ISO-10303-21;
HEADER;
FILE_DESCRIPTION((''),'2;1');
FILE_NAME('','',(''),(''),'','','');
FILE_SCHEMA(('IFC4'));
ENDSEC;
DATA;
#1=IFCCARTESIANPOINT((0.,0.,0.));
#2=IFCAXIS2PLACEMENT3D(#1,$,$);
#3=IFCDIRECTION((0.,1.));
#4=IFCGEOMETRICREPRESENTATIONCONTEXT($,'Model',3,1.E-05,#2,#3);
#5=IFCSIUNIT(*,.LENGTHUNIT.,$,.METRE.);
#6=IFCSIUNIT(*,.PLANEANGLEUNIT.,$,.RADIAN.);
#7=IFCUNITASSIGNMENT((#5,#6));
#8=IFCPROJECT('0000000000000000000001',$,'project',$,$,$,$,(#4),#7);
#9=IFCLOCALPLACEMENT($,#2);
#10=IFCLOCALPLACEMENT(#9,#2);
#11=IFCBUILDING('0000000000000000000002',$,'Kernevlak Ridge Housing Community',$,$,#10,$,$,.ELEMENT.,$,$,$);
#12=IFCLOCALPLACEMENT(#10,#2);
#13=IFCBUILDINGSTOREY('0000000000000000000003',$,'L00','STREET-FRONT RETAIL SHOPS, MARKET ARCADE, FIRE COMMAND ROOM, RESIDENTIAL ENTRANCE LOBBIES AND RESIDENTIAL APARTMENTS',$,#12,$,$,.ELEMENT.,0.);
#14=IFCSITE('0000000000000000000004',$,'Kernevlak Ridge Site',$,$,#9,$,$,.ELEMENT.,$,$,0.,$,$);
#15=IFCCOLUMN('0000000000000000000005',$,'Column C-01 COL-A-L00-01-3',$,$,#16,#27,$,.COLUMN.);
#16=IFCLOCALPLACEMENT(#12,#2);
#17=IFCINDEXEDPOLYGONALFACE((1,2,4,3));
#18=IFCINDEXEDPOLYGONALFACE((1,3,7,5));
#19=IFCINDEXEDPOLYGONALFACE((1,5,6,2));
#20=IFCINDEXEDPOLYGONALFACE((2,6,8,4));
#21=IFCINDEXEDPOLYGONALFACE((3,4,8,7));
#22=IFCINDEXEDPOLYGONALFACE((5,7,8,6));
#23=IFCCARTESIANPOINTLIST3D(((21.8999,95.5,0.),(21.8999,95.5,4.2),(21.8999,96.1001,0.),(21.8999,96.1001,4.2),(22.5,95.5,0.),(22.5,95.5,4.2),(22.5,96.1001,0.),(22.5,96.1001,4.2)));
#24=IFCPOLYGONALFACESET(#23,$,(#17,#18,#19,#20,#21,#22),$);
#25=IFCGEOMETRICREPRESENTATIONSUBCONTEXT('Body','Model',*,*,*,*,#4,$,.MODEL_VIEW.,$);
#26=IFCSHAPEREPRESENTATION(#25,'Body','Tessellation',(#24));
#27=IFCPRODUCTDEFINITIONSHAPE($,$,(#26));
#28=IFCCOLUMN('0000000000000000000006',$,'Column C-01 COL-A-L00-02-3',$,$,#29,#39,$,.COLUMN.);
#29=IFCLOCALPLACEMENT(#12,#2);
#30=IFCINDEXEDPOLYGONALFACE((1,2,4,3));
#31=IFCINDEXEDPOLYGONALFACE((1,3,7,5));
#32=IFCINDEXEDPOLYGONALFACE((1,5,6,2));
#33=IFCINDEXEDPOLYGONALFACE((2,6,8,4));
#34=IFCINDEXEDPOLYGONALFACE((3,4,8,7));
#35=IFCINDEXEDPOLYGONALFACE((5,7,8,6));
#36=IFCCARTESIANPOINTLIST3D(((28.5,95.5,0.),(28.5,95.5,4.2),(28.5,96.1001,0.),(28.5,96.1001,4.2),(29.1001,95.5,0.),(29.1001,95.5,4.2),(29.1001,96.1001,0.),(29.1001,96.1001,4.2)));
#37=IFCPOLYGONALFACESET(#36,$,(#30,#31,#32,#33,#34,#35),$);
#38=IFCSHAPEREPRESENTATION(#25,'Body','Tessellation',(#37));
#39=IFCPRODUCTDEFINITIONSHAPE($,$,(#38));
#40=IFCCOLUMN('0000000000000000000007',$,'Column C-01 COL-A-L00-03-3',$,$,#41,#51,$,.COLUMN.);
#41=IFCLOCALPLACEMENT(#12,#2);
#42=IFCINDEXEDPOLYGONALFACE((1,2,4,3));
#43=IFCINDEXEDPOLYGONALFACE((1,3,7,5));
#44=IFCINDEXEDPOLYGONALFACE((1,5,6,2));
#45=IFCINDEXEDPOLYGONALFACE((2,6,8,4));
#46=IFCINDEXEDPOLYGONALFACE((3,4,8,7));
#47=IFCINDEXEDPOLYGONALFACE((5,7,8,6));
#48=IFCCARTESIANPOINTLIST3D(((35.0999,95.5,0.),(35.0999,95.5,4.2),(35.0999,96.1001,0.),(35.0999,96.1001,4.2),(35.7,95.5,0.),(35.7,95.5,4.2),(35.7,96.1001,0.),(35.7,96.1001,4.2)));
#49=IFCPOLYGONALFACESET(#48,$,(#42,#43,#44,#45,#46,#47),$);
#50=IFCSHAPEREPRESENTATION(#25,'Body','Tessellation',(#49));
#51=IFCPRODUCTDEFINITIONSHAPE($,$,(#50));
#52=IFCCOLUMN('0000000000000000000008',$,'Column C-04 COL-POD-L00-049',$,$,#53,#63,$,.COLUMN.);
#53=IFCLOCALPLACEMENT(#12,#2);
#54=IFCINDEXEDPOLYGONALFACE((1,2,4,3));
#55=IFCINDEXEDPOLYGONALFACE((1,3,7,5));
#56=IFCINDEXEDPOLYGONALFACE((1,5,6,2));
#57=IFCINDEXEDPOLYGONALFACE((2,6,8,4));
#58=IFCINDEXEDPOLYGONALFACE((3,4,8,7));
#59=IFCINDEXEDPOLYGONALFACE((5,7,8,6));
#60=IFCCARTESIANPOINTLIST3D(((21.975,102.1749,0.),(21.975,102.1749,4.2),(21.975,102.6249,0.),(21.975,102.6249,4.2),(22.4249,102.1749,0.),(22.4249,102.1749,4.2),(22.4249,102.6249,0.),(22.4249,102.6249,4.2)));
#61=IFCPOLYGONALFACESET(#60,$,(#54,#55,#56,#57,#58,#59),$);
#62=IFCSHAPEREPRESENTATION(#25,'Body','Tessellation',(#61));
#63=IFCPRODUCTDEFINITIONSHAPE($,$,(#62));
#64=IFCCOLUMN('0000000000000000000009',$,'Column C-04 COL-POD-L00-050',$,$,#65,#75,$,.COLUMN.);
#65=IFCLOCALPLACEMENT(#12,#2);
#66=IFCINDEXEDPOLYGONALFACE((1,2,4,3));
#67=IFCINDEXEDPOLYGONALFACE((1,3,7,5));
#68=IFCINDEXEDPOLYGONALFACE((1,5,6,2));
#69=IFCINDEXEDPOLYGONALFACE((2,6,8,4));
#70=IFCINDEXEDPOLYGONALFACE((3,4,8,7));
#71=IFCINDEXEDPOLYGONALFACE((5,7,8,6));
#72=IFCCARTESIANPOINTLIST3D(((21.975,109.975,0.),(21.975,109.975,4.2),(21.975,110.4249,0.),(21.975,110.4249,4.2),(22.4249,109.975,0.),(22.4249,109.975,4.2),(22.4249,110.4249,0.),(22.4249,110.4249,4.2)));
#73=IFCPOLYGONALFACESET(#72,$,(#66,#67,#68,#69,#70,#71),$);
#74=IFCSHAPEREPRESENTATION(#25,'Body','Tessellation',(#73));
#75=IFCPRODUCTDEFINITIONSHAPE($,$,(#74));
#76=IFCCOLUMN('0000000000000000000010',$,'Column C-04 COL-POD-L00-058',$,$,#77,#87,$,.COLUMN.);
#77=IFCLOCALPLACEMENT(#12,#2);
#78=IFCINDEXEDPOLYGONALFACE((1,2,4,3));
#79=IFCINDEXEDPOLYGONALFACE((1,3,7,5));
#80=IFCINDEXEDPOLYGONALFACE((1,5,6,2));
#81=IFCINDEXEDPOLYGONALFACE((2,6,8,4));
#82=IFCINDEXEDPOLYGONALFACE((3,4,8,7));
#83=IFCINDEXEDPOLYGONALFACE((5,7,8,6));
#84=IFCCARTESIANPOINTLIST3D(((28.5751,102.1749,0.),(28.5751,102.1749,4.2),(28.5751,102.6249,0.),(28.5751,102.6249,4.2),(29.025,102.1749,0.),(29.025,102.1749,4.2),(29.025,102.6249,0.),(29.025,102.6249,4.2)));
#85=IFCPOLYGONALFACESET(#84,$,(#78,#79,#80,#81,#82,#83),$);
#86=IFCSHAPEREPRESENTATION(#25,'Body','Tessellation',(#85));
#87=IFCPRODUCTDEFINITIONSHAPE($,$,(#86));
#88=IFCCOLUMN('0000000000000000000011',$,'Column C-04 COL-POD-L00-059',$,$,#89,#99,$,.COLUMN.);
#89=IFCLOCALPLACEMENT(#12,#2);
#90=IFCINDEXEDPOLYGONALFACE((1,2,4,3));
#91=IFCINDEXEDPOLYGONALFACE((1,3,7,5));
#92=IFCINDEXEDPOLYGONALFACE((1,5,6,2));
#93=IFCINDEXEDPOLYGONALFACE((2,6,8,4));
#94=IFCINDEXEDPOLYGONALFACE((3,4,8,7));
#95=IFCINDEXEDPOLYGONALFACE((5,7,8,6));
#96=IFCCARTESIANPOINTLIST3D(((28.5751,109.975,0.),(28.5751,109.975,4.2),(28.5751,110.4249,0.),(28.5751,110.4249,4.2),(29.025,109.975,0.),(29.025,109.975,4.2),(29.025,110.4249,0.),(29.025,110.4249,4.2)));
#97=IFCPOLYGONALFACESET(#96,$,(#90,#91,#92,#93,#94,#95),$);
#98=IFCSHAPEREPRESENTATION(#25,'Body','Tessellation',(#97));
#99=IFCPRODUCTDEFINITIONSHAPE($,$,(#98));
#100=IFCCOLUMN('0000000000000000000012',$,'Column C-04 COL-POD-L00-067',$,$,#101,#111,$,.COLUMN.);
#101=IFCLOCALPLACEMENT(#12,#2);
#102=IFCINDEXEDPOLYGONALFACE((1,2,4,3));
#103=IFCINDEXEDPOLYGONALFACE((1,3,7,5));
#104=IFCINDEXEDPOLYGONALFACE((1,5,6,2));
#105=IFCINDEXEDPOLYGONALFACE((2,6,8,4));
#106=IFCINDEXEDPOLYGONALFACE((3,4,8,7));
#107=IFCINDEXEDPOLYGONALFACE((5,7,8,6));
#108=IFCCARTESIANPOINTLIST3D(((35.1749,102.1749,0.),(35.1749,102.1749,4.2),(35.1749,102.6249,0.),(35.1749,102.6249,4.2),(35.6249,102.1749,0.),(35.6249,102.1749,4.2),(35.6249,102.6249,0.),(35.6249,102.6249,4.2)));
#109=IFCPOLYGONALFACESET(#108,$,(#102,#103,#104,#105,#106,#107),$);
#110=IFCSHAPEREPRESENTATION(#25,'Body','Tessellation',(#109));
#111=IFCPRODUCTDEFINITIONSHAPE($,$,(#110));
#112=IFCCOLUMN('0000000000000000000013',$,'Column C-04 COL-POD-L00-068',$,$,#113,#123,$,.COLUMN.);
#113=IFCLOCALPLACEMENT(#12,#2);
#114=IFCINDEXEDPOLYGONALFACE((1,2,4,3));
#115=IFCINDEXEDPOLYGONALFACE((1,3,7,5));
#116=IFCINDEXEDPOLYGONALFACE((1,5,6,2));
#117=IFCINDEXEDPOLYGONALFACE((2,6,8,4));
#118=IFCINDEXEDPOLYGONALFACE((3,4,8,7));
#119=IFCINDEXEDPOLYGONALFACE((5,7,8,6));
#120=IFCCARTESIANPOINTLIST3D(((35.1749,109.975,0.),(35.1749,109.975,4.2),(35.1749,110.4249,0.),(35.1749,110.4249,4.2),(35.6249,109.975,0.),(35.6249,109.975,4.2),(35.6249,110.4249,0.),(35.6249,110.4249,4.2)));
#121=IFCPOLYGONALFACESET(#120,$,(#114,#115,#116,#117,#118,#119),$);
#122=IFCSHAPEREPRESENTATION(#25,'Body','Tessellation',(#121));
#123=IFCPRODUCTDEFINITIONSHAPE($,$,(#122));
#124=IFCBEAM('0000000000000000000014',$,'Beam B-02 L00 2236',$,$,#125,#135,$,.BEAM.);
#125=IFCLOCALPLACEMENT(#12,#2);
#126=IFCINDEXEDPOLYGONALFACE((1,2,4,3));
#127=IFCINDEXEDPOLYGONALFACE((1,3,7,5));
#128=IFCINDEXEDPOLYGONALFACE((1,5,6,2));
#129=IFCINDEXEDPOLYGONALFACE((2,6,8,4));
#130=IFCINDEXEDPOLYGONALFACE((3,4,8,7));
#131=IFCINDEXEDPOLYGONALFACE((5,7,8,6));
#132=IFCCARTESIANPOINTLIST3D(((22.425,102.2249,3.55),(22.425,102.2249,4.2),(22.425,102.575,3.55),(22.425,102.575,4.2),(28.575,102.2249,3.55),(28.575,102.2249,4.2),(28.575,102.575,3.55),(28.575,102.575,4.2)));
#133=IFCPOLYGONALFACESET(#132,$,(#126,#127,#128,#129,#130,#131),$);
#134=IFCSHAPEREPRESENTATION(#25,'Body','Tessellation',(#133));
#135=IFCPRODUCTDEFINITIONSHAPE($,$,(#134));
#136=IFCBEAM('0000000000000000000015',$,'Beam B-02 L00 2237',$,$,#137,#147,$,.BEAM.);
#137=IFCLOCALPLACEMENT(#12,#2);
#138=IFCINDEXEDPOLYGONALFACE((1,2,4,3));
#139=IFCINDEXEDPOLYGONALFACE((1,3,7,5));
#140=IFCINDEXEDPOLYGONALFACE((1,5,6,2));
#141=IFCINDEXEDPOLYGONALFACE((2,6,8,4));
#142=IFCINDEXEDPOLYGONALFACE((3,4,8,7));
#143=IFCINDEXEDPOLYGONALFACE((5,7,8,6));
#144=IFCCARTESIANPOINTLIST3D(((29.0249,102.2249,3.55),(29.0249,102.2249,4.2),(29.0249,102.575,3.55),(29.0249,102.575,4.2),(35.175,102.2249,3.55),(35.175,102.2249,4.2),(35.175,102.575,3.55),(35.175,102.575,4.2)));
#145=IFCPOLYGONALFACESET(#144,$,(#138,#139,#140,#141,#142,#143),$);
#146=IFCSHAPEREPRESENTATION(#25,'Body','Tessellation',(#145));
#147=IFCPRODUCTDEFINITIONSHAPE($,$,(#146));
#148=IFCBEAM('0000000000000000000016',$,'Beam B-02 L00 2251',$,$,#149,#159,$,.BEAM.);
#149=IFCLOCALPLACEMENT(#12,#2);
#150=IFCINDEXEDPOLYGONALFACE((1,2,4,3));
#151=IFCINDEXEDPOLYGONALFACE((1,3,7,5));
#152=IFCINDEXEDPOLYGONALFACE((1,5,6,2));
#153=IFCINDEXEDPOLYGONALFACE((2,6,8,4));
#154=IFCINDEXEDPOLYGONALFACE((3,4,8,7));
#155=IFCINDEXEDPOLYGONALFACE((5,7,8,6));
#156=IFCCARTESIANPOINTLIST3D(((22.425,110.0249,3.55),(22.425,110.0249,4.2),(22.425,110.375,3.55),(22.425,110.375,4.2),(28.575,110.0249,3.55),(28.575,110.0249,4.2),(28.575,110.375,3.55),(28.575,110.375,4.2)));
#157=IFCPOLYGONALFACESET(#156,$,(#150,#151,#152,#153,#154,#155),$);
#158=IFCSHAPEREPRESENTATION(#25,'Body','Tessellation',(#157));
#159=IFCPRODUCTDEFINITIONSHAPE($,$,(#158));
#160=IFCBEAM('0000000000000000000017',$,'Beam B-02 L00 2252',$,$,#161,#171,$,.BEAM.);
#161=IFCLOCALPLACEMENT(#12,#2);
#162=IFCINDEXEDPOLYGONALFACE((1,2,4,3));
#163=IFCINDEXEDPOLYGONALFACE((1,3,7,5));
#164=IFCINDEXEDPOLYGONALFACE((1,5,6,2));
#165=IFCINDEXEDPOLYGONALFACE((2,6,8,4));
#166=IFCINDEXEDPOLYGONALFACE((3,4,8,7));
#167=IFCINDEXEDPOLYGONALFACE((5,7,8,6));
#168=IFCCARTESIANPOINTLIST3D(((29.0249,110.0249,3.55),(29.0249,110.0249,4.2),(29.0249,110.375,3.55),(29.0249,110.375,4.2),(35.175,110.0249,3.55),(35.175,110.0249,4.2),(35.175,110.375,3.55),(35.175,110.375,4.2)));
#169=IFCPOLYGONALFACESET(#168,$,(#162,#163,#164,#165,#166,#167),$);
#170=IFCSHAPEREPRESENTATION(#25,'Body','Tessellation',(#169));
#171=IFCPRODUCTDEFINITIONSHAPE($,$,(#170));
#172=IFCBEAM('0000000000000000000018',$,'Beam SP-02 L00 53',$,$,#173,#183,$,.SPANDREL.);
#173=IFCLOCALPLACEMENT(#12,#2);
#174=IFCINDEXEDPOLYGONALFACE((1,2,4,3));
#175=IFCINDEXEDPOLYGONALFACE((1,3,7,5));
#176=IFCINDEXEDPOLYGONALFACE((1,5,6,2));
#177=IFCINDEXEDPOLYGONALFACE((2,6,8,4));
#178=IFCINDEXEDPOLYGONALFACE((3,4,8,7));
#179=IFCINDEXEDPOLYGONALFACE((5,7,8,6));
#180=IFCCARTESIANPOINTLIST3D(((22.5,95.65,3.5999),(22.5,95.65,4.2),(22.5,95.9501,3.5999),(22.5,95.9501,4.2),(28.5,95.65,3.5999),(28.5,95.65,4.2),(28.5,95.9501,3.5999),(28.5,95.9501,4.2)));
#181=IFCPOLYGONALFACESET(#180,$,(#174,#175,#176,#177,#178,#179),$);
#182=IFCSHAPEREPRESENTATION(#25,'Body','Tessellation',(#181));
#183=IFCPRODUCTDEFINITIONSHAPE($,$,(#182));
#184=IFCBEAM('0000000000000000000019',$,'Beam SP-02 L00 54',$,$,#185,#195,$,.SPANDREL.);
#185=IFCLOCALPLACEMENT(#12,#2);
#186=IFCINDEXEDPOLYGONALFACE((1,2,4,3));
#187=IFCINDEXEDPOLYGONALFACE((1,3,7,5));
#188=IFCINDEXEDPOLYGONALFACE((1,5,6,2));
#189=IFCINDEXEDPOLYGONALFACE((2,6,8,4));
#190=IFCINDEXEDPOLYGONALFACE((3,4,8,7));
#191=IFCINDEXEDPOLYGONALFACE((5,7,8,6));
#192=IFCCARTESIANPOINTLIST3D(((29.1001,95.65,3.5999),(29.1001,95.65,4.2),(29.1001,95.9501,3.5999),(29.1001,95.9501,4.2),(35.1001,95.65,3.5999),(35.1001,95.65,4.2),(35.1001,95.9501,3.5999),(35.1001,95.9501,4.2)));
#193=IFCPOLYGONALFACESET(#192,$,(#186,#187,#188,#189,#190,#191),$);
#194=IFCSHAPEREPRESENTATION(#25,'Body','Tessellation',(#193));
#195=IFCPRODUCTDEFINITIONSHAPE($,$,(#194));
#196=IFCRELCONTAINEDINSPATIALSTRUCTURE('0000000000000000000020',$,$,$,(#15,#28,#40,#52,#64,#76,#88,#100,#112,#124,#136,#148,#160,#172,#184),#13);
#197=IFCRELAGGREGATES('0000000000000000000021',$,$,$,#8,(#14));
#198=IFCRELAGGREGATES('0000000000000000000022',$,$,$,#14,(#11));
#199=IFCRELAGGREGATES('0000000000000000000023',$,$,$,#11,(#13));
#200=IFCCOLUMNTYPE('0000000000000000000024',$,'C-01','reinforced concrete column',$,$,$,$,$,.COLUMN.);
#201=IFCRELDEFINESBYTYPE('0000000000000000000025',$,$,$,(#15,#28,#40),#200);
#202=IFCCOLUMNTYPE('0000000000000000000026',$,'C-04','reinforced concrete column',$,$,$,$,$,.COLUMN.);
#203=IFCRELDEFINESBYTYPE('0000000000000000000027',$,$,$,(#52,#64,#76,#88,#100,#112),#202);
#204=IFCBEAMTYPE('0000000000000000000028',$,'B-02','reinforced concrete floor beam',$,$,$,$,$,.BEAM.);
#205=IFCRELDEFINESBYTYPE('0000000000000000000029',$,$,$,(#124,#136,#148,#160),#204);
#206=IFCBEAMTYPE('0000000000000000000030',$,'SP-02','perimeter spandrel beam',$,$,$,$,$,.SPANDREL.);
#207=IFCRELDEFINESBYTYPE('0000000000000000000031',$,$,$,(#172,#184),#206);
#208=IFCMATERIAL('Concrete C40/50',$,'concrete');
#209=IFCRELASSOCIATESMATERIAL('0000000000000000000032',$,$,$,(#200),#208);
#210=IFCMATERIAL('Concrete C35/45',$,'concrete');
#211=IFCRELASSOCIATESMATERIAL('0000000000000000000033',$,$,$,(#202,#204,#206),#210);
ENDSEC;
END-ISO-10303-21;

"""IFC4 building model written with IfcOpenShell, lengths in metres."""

from ifc_helpers import new_model, si_unit, direction, frame, origin, origin_2d, place, context, subcontext, project, spatial, rectangle, extrude, material, material_profile, profile_set, type_object, element, save


model = new_model("IFC4")

# Units and contexts
model_context = context("Model", 3, precision=1e-05, world=origin(), true_north=direction((0.0, 1.0)))
body_context = subcontext(model_context, "Body", "Model", "MODEL_VIEW")
ifc_project = project(units=[si_unit("LENGTHUNIT", "METRE"), si_unit("PLANEANGLEUNIT", "RADIAN")], contexts=[model_context])

# Site, building, storey
site_placement = place(None, origin())
site = spatial("IfcSite", under=ifc_project, at=site_placement, Name="Kernevlak Ridge Site", CompositionType="ELEMENT", RefElevation=0.0)
building_placement = place(site_placement, origin())
building = spatial("IfcBuilding", under=site, at=building_placement, Name="Kernevlak Ridge Housing Community", CompositionType="ELEMENT")
storey_placement = place(building_placement, origin())
storey = spatial("IfcBuildingStorey", under=building, at=storey_placement, Name="L00", Description="STREET-FRONT RETAIL SHOPS, MARKET ARCADE, FIRE COMMAND ROOM, RESIDENTIAL ENTRANCE LOBBIES AND RESIDENTIAL APARTMENTS", CompositionType="ELEMENT", Elevation=0.0)

# Columns
ifc_material_1 = material(Name="Concrete C40/50", Category="concrete")
ifc_material_profile_1 = material_profile(ifc_material_1, rectangle(XDim=0.6001, YDim=0.6001, at=origin_2d()), Name="RC 600x600")
ifc_profile_set_1 = profile_set([ifc_material_profile_1], Name="Concrete C40/50")
column_type_1 = type_object("IfcColumnType", Name="C-01", Description="reinforced concrete column", PredefinedType="COLUMN", material=ifc_profile_set_1)
for number, where, z_axis, x_axis, name in (
    (1, (22.2, 95.8, 0.0), (0.0, 0.0, 1.0), (1.0, 0.0, 0.0), "Column C-01 COL-A-L00-01-3"),
    (2, (28.8, 95.8, 0.0), (0.0, 0.0, 1.0), (1.0, 0.0, 0.0), "Column C-01 COL-A-L00-02-3"),
    (3, (35.3999, 95.8, 0.0), (0.0, 0.0, 1.0), (1.0, 0.0, 0.0), "Column C-01 COL-A-L00-03-3"),
):
    element("IfcColumn", number, at=place(storey_placement, frame(where, z_axis=z_axis, x_axis=x_axis)), inside=storey, type_object=column_type_1, Name=name, PredefinedType="COLUMN", context=body_context, shape_type="SweptSolid", body=[
        extrude(rectangle(XDim=0.6001, YDim=0.6001, at=origin_2d()), origin(), (0.0, 0.0, 1.0), 4.2),
    ])
ifc_material_2 = material(Name="Concrete C35/45", Category="concrete")
ifc_material_profile_2 = material_profile(ifc_material_2, rectangle(XDim=0.45, YDim=0.45, at=origin_2d()), Name="RC 450x450")
ifc_profile_set_2 = profile_set([ifc_material_profile_2], Name="Concrete C35/45")
column_type_2 = type_object("IfcColumnType", Name="C-04", Description="reinforced concrete column", PredefinedType="COLUMN", material=ifc_profile_set_2)
for number, where, z_axis, x_axis, name in (
    (4, (22.2, 102.3999, 0.0), (0.0, 0.0, 1.0), (1.0, 0.0, 0.0), "Column C-04 COL-POD-L00-049"),
    (5, (22.2, 110.2, 0.0), (0.0, 0.0, 1.0), (1.0, 0.0, 0.0), "Column C-04 COL-POD-L00-050"),
    (6, (28.8, 102.3999, 0.0), (0.0, 0.0, 1.0), (1.0, 0.0, 0.0), "Column C-04 COL-POD-L00-058"),
    (7, (28.8, 110.2, 0.0), (0.0, 0.0, 1.0), (1.0, 0.0, 0.0), "Column C-04 COL-POD-L00-059"),
    (8, (35.3999, 102.3999, 0.0), (0.0, 0.0, 1.0), (1.0, 0.0, 0.0), "Column C-04 COL-POD-L00-067"),
    (9, (35.3999, 110.2, 0.0), (0.0, 0.0, 1.0), (1.0, 0.0, 0.0), "Column C-04 COL-POD-L00-068"),
):
    element("IfcColumn", number, at=place(storey_placement, frame(where, z_axis=z_axis, x_axis=x_axis)), inside=storey, type_object=column_type_2, Name=name, PredefinedType="COLUMN", context=body_context, shape_type="SweptSolid", body=[
        extrude(rectangle(XDim=0.45, YDim=0.45, at=origin_2d()), origin(), (0.0, 0.0, 1.0), 4.2),
    ])

# Beams
ifc_material_profile_3 = material_profile(ifc_material_2, rectangle(XDim=0.3501, YDim=0.6499, at=origin_2d()), Name="RC 350x650")
ifc_profile_set_3 = profile_set([ifc_material_profile_3], Name="Concrete C35/45")
beam_type_1 = type_object("IfcBeamType", Name="B-02", Description="reinforced concrete floor beam", PredefinedType="BEAM", material=ifc_profile_set_3)
beam_1_placement = place(storey_placement, frame((22.425, 102.3999, 3.875), z_axis=(1.0, 0.0, 0.0), x_axis=(0.0, 1.0, 0.0)))
element("IfcBeam", 10, at=beam_1_placement, inside=storey, type_object=beam_type_1, Name="Beam B-02 L00 2236", PredefinedType="BEAM", context=body_context, shape_type="SweptSolid", body=[
    extrude(rectangle(XDim=0.3501, YDim=0.6499, at=origin_2d()), origin(), (0.0, 0.0, 1.0), 6.1499),
])
beam_2_placement = place(storey_placement, frame((29.0249, 102.3999, 3.875), z_axis=(1.0, 0.0, 0.0), x_axis=(0.0, 1.0, 0.0)))
element("IfcBeam", 11, at=beam_2_placement, inside=storey, type_object=beam_type_1, Name="Beam B-02 L00 2237", PredefinedType="BEAM", context=body_context, shape_type="SweptSolid", body=[
    extrude(rectangle(XDim=0.3501, YDim=0.6499, at=origin_2d()), origin(), (0.0, 0.0, 1.0), 6.1501),
])
beam_3_placement = place(storey_placement, frame((22.425, 110.2, 3.875), z_axis=(1.0, 0.0, 0.0), x_axis=(0.0, 1.0, 0.0)))
element("IfcBeam", 12, at=beam_3_placement, inside=storey, type_object=beam_type_1, Name="Beam B-02 L00 2251", PredefinedType="BEAM", context=body_context, shape_type="SweptSolid", body=[
    extrude(rectangle(XDim=0.3501, YDim=0.6499, at=origin_2d()), origin(), (0.0, 0.0, 1.0), 6.1499),
])
beam_4_placement = place(storey_placement, frame((29.0249, 110.2, 3.875), z_axis=(1.0, 0.0, 0.0), x_axis=(0.0, 1.0, 0.0)))
element("IfcBeam", 13, at=beam_4_placement, inside=storey, type_object=beam_type_1, Name="Beam B-02 L00 2252", PredefinedType="BEAM", context=body_context, shape_type="SweptSolid", body=[
    extrude(rectangle(XDim=0.3501, YDim=0.6499, at=origin_2d()), origin(), (0.0, 0.0, 1.0), 6.1501),
])
ifc_material_profile_4 = material_profile(ifc_material_2, rectangle(XDim=0.3, YDim=0.6001, at=origin_2d()), Name="RC 300x600")
ifc_profile_set_4 = profile_set([ifc_material_profile_4], Name="Concrete C35/45")
beam_type_2 = type_object("IfcBeamType", Name="SP-02", Description="perimeter spandrel beam", PredefinedType="SPANDREL", material=ifc_profile_set_4)
for number, where, z_axis, x_axis, name in (
    (14, (22.5, 95.8, 3.8999), (1.0, 0.0, 0.0), (0.0, 1.0, 0.0), "Beam SP-02 L00 53"),
    (15, (29.1001, 95.8, 3.8999), (1.0, 0.0, 0.0), (0.0, 1.0, 0.0), "Beam SP-02 L00 54"),
):
    element("IfcBeam", number, at=place(storey_placement, frame(where, z_axis=z_axis, x_axis=x_axis)), inside=storey, type_object=beam_type_2, Name=name, PredefinedType="SPANDREL", context=body_context, shape_type="SweptSolid", body=[
        extrude(rectangle(XDim=0.3, YDim=0.6001, at=origin_2d()), origin(), (0.0, 0.0, 1.0), 6.0),
    ])

save(model, "model.ifc")
